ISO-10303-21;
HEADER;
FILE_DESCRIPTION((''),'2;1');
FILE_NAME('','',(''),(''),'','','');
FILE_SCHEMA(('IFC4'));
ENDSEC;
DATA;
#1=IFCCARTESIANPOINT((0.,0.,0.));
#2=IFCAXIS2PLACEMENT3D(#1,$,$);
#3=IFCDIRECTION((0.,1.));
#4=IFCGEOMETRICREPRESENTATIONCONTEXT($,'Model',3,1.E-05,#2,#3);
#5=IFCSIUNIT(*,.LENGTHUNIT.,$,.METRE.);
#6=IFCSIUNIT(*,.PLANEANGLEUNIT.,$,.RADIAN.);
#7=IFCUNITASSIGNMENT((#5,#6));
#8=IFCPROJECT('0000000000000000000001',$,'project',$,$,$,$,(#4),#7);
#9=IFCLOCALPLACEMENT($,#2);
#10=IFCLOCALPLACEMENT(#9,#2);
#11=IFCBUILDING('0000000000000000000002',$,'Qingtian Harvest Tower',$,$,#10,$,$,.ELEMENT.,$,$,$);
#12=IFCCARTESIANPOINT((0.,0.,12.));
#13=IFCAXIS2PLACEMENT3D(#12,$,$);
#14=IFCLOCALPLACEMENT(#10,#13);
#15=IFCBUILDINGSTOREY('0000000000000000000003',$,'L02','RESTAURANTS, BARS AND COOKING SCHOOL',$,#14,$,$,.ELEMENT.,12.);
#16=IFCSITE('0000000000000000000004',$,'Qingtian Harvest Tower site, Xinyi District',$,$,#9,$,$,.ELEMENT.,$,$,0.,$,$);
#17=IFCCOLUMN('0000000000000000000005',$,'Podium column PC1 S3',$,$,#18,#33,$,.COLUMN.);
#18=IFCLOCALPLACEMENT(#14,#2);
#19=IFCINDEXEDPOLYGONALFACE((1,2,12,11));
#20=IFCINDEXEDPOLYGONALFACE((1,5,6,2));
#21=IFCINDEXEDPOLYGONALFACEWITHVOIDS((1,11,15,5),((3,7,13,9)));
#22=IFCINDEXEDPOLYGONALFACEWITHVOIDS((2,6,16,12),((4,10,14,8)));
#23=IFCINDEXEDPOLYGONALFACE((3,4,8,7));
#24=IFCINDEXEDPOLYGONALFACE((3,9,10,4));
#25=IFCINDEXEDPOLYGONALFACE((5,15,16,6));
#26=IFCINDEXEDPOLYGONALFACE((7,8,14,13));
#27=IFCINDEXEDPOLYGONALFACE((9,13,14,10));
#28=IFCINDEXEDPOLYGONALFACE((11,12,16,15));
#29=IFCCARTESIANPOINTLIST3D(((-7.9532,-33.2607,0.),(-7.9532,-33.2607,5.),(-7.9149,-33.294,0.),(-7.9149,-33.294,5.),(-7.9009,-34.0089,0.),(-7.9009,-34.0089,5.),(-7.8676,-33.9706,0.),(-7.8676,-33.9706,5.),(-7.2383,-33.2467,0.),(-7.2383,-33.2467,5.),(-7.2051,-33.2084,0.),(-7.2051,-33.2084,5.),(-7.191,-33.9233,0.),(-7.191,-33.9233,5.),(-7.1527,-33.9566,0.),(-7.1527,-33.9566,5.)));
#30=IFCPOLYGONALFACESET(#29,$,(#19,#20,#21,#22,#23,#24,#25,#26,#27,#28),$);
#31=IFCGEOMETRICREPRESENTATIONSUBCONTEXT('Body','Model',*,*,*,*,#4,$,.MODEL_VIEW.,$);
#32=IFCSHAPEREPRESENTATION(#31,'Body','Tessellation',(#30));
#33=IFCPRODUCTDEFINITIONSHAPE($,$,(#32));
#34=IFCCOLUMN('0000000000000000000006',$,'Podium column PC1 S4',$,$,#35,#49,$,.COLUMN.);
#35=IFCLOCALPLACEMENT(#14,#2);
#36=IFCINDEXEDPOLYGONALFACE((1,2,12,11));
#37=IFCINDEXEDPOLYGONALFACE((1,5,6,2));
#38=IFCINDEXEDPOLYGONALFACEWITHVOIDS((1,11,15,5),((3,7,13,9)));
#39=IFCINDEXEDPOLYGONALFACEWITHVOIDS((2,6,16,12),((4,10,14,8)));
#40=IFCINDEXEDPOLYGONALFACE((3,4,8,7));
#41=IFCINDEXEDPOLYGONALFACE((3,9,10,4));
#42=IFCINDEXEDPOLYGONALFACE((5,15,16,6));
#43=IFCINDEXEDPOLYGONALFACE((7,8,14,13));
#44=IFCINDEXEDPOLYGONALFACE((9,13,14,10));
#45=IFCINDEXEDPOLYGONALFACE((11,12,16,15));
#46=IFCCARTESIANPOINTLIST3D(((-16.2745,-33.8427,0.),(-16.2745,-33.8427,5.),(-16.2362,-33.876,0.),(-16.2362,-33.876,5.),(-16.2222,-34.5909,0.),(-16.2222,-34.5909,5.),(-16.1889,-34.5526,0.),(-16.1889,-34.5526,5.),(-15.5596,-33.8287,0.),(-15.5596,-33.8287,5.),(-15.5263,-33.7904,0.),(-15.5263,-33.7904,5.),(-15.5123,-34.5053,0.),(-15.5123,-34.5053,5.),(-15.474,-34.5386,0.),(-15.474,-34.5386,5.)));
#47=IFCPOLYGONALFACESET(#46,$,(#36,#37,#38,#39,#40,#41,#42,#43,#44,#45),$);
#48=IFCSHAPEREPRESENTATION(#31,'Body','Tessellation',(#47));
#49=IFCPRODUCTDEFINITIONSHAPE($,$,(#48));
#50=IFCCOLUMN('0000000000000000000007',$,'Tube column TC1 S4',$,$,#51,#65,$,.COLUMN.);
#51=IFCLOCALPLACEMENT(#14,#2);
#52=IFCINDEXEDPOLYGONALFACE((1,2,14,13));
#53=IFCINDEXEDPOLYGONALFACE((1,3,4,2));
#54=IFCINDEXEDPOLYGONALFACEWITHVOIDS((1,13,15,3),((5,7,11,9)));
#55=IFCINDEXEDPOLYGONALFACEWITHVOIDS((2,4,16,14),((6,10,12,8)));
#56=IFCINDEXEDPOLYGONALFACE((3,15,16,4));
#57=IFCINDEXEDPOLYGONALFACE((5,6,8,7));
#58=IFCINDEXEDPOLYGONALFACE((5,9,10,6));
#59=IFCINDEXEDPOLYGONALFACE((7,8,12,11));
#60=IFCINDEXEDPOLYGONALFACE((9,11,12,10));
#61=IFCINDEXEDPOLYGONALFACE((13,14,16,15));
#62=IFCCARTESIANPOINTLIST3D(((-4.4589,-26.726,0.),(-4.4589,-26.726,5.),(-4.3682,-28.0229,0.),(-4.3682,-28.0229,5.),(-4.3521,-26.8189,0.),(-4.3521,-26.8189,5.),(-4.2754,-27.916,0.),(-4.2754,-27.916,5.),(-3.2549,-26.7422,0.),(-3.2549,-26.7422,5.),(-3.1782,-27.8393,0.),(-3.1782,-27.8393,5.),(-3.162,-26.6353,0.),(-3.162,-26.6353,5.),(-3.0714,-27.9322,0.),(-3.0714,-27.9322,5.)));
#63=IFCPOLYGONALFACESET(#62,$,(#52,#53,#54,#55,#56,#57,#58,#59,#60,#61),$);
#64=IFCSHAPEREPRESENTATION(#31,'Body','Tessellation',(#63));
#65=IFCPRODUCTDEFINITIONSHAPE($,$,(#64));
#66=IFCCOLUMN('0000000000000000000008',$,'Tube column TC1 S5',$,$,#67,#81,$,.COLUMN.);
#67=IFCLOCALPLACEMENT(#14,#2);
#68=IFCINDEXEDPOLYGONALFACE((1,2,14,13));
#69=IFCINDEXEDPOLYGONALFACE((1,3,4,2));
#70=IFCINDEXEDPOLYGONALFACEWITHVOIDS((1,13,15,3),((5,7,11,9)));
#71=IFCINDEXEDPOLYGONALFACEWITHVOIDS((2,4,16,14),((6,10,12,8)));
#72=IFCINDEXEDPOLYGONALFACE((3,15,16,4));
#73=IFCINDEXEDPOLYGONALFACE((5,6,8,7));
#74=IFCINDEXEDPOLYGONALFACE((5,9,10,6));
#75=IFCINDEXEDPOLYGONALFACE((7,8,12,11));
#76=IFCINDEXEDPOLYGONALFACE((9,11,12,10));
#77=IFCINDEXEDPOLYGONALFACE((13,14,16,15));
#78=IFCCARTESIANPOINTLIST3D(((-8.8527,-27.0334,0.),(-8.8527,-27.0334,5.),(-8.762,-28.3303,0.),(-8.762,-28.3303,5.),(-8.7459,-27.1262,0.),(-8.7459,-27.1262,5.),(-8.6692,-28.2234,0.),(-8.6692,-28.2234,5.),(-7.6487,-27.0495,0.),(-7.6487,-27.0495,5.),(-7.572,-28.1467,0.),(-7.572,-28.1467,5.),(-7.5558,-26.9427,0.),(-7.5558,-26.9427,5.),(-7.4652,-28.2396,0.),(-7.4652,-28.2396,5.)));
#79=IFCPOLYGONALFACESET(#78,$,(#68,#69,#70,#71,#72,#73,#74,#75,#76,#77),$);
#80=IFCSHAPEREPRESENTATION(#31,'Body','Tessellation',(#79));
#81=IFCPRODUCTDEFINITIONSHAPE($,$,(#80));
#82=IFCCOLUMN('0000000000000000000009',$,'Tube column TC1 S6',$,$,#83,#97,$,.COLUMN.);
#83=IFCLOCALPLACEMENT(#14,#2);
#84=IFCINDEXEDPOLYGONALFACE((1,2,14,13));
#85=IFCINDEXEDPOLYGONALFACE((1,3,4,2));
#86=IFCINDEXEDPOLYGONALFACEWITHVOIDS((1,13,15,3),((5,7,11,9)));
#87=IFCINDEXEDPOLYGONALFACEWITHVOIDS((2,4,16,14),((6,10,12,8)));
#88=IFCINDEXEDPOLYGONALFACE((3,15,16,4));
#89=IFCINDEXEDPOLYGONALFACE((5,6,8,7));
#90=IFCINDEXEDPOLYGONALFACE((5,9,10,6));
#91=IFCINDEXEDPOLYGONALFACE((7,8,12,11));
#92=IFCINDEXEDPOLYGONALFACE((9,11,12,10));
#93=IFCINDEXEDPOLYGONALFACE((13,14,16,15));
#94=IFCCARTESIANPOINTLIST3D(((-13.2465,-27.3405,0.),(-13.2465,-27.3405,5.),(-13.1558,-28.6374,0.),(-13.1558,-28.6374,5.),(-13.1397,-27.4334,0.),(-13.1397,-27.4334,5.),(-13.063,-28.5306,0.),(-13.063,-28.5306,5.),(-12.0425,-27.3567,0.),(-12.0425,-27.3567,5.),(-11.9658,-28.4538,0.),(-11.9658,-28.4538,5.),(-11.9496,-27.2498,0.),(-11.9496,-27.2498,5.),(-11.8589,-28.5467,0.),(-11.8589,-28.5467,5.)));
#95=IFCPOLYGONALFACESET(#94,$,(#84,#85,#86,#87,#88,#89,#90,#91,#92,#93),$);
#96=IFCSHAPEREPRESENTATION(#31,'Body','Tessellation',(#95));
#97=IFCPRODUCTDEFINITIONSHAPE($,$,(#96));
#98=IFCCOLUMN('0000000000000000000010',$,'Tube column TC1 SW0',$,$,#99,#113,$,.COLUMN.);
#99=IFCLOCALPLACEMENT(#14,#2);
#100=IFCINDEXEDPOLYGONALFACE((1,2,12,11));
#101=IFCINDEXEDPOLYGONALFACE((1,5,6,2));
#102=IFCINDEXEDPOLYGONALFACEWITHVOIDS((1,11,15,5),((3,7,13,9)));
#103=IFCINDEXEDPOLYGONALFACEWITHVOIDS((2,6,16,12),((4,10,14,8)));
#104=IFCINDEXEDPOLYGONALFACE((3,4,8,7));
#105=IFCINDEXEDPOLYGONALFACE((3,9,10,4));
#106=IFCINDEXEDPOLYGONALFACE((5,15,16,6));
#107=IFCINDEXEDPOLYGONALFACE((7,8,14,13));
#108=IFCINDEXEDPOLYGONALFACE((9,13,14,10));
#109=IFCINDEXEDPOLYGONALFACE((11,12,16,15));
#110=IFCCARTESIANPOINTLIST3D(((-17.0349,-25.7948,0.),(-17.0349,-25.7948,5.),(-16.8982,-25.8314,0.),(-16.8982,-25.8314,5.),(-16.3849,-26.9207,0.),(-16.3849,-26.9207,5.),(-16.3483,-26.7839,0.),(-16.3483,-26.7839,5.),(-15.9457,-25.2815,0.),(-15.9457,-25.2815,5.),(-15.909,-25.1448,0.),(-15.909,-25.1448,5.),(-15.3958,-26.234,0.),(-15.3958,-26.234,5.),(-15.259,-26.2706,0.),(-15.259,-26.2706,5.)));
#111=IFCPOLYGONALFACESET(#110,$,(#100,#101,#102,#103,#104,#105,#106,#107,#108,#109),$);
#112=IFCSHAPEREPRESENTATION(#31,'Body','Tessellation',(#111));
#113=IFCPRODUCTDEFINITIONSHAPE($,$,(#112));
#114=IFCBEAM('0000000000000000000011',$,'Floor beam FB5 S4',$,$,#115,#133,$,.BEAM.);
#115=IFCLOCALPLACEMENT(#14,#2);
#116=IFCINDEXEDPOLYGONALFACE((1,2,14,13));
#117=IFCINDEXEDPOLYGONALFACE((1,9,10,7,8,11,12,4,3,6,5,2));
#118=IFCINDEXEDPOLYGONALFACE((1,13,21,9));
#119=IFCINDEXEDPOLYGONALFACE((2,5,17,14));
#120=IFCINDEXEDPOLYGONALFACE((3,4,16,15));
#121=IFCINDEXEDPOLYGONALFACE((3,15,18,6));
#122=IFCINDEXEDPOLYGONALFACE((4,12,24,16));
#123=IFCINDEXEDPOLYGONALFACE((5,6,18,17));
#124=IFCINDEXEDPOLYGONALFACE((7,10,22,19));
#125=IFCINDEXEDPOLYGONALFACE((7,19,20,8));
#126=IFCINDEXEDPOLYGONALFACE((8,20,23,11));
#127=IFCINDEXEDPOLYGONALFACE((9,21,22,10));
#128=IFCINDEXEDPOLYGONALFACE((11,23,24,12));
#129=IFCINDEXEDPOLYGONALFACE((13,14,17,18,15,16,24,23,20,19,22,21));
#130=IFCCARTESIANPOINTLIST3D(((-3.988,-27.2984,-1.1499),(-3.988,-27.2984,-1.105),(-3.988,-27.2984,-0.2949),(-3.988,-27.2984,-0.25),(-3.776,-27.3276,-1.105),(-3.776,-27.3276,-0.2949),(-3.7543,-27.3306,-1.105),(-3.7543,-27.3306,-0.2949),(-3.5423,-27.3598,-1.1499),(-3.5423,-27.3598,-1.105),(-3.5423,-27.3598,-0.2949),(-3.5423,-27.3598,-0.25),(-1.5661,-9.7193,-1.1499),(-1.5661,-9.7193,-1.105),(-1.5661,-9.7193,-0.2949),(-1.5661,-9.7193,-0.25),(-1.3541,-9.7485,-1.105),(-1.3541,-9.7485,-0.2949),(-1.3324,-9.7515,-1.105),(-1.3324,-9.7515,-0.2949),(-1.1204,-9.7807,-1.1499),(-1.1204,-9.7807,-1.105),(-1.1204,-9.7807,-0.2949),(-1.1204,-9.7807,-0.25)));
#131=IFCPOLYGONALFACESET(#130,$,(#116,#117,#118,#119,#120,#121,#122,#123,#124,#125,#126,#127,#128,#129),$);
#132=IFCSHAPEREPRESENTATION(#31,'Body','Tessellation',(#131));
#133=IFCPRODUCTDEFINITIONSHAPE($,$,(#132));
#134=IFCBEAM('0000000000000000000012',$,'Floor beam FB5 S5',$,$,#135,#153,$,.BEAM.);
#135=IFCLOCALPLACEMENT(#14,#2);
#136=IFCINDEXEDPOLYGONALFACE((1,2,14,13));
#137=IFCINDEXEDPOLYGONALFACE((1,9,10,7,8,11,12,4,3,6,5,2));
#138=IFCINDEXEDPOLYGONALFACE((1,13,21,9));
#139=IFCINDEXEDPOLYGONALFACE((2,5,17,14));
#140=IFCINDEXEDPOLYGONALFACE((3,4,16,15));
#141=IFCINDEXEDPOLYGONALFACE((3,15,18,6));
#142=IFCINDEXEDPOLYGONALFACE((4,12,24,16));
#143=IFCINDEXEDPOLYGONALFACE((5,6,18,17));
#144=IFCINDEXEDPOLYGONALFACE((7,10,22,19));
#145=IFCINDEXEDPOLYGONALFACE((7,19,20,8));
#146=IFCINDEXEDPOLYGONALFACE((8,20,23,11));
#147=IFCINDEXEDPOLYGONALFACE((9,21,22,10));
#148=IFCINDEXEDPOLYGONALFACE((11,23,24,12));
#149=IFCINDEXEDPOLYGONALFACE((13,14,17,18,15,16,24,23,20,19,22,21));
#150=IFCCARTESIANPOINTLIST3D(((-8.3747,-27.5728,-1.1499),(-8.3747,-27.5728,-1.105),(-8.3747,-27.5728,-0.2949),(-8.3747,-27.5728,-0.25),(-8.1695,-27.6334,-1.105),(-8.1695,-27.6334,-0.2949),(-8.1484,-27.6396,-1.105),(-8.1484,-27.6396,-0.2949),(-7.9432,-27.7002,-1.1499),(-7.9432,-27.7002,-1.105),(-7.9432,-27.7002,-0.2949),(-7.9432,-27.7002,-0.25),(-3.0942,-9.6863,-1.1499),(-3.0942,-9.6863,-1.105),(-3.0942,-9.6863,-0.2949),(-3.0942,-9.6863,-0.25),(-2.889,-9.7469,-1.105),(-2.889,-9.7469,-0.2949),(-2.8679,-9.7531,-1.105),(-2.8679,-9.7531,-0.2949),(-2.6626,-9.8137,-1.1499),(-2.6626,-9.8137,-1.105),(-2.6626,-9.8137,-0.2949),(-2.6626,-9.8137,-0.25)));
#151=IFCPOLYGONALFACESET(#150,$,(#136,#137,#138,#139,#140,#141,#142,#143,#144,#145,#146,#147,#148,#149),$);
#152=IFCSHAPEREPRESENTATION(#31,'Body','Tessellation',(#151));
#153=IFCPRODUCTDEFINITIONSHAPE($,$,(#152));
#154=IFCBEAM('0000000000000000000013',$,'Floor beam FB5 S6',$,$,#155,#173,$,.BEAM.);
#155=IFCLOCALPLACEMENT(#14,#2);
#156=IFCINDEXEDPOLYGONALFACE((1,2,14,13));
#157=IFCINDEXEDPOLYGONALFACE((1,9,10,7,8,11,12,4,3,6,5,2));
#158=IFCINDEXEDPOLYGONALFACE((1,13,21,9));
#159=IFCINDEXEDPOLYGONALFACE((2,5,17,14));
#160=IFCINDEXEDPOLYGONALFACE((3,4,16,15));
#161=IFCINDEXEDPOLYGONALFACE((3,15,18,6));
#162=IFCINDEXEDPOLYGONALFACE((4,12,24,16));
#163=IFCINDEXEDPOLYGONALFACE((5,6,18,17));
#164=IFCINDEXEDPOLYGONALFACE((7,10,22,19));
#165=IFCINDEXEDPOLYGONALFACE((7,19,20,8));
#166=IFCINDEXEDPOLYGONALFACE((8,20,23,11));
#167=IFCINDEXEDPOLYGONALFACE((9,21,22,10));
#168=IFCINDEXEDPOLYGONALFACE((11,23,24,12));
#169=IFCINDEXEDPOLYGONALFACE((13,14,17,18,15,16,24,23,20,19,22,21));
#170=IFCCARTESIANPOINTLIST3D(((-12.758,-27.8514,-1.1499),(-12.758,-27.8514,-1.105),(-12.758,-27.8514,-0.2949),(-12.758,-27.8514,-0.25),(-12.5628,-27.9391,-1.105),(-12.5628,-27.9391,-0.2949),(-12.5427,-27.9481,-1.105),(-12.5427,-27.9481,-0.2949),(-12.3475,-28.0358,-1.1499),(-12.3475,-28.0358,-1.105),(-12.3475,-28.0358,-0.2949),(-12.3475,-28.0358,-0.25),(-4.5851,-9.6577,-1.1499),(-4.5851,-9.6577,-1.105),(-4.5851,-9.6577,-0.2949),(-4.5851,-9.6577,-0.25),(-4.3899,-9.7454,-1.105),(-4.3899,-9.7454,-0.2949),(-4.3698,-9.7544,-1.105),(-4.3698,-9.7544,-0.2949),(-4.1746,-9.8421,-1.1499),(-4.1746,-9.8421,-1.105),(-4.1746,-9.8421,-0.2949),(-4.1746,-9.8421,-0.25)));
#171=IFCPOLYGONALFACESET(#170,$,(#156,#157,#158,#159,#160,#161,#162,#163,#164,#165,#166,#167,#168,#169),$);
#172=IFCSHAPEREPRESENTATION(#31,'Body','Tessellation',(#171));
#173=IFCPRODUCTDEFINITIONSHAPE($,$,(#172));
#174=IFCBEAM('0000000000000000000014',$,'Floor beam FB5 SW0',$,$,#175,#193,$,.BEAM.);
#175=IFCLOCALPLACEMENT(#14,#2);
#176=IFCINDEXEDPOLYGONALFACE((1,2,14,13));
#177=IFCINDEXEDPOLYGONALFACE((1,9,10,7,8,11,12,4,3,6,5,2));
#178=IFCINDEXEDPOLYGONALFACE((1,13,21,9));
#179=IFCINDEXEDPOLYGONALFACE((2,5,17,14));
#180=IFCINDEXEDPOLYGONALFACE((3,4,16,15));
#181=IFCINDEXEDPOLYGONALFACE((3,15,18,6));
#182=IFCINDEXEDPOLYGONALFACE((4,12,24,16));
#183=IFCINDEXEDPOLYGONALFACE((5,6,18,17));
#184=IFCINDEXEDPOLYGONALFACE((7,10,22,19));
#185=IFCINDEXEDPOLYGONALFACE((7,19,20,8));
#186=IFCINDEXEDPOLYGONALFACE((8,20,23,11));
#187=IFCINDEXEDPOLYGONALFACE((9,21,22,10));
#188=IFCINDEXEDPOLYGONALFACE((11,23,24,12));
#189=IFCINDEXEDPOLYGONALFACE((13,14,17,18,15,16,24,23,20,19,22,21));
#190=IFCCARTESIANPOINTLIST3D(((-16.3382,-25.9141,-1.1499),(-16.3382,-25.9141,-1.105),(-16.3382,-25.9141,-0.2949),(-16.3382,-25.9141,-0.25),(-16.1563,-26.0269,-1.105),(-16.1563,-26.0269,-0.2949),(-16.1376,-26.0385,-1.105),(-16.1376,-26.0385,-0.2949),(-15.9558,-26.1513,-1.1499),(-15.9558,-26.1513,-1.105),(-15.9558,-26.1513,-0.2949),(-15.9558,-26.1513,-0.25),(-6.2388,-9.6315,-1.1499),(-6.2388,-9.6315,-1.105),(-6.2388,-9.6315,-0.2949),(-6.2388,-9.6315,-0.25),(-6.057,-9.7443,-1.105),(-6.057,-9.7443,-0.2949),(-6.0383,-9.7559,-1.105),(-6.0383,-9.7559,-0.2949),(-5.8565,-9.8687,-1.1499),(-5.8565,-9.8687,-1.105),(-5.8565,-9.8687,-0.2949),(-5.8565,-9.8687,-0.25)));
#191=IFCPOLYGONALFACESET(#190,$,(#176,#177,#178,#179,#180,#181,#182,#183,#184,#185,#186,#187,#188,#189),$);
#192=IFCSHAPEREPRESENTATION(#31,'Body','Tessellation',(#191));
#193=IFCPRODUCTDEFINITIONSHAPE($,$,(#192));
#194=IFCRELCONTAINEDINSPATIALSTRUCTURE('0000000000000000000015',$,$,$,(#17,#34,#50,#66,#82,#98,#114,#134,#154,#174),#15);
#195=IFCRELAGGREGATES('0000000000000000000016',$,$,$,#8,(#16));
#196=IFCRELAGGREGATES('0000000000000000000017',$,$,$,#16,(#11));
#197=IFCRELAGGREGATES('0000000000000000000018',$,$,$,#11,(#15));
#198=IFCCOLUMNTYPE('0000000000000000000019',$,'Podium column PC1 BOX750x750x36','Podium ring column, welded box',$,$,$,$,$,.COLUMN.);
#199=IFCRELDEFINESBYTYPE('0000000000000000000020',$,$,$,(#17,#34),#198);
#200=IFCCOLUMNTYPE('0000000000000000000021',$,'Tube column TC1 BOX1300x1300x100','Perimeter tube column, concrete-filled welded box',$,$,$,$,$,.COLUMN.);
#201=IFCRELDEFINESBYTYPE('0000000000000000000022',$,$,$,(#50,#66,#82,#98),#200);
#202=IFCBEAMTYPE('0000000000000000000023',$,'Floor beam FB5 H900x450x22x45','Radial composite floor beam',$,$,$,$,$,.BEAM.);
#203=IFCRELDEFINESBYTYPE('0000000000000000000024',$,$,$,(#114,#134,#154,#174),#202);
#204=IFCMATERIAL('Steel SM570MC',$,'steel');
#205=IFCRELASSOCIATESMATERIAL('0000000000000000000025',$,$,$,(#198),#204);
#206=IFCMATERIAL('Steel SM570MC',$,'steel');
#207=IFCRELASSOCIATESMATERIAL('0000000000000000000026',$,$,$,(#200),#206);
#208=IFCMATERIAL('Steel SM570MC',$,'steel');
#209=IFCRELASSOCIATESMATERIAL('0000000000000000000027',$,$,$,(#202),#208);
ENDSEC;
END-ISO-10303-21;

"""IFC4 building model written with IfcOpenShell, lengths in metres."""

from ifc_helpers import new_model, si_unit, direction, frame, origin, origin_2d, place, context, subcontext, project, spatial, hollow_rectangle, i_section, extrude, material, material_profile, profile_set, type_object, element, save


model = new_model("IFC4")

# Units and contexts
model_context = context("Model", 3, precision=1e-05, world=origin(), true_north=direction((0.0, 1.0)))
body_context = subcontext(model_context, "Body", "Model", "MODEL_VIEW")
ifc_project = project(units=[si_unit("LENGTHUNIT", "METRE"), si_unit("PLANEANGLEUNIT", "RADIAN")], contexts=[model_context])

# Site, building, storey
site_placement = place(None, origin())
site = spatial("IfcSite", under=ifc_project, at=site_placement, Name="Qingtian Harvest Tower site, Xinyi District", CompositionType="ELEMENT", RefElevation=0.0)
building_placement = place(site_placement, origin())
building = spatial("IfcBuilding", under=site, at=building_placement, Name="Qingtian Harvest Tower", CompositionType="ELEMENT")
storey_placement = place(building_placement, frame((0.0, 0.0, 12.0)))
storey = spatial("IfcBuildingStorey", under=building, at=storey_placement, Name="L02", Description="RESTAURANTS, BARS AND COOKING SCHOOL", CompositionType="ELEMENT", Elevation=12.0)

# Columns
ifc_material_1 = material(Name="Steel SM570MC", Category="steel")
ifc_material_profile_1 = material_profile(ifc_material_1, hollow_rectangle(XDim=0.75, YDim=0.75, WallThickness=0.0359, at=origin_2d()), Name="BOX750x750x36")
ifc_profile_set_1 = profile_set([ifc_material_profile_1], Name="Steel SM570MC")
column_type_1 = type_object("IfcColumnType", Name="Podium column PC1 BOX750x750x36", Description="Podium ring column, welded box", PredefinedType="COLUMN", material=ifc_profile_set_1)
for number, where, z_axis, x_axis, name in (
    (1, (-7.553, -33.6086, 0.0), (0.0, 0.0, 1.0), (0.997564, 0.069756, 0.0), "Podium column PC1 S3"),
    (2, (-15.8743, -34.1907, 0.0), (0.0, 0.0, 1.0), (0.997564, 0.069756, 0.0), "Podium column PC1 S4"),
):
    element("IfcColumn", number, at=place(storey_placement, frame(where, z_axis=z_axis, x_axis=x_axis)), inside=storey, type_object=column_type_1, Name=name, PredefinedType="COLUMN", context=body_context, shape_type="SweptSolid", body=[
        extrude(hollow_rectangle(XDim=0.75, YDim=0.75, WallThickness=0.0359, at=origin_2d()), origin(), (0.0, 0.0, 1.0), 5.0),
    ])
ifc_material_2 = material(Name="Steel SM570MC", Category="steel")
ifc_material_profile_2 = material_profile(ifc_material_2, hollow_rectangle(XDim=1.3, YDim=1.3, WallThickness=0.1001, at=origin_2d()), Name="BOX1300x1300x100")
ifc_profile_set_2 = profile_set([ifc_material_profile_2], Name="Steel SM570MC")
column_type_2 = type_object("IfcColumnType", Name="Tube column TC1 BOX1300x1300x100", Description="Perimeter tube column, concrete-filled welded box", PredefinedType="COLUMN", material=ifc_profile_set_2)
for number, where, z_axis, x_axis, name in (
    (3, (-3.7651, -27.3291, 0.0), (0.0, 0.0, 1.0), (0.997564, 0.069756, 0.0), "Tube column TC1 S4"),
    (4, (-8.1589, -27.6365, 0.0), (0.0, 0.0, 1.0), (0.997564, 0.069756, 0.0), "Tube column TC1 S5"),
    (5, (-12.5527, -27.9436, 0.0), (0.0, 0.0, 1.0), (0.997564, 0.069756, 0.0), "Tube column TC1 S6"),
    (6, (-16.147, -26.0327, 0.0), (0.0, 0.0, 1.0), (0.5, -0.866025, 0.0), "Tube column TC1 SW0"),
):
    element("IfcColumn", number, at=place(storey_placement, frame(where, z_axis=z_axis, x_axis=x_axis)), inside=storey, type_object=column_type_2, Name=name, PredefinedType="COLUMN", context=body_context, shape_type="SweptSolid", body=[
        extrude(hollow_rectangle(XDim=1.3, YDim=1.3, WallThickness=0.1001, at=origin_2d()), origin(), (0.0, 0.0, 1.0), 5.0),
    ])

# Beams
ifc_material_3 = material(Name="Steel SM570MC", Category="steel")
ifc_material_profile_3 = material_profile(ifc_material_3, i_section(OverallWidth=0.45, OverallDepth=0.8999, WebThickness=0.022, FlangeThickness=0.0449, at=origin_2d()), Name="H900x450x22x45")
ifc_profile_set_3 = profile_set([ifc_material_profile_3], Name="Steel SM570MC")
beam_type_1 = type_object("IfcBeamType", Name="Floor beam FB5 H900x450x22x45", Description="Radial composite floor beam", PredefinedType="BEAM", material=ifc_profile_set_3)
beam_1_placement = place(storey_placement, frame((-3.7651, -27.3291, -0.7), z_axis=(0.136481, 0.990643, 0.0), x_axis=(-0.990643, 0.136481, 0.0)))
element("IfcBeam", 7, at=beam_1_placement, inside=storey, type_object=beam_type_1, Name="Floor beam FB5 S4", PredefinedType="BEAM", context=body_context, shape_type="SweptSolid", body=[
    extrude(i_section(OverallWidth=0.45, OverallDepth=0.8999, WebThickness=0.022, FlangeThickness=0.0449, at=origin_2d()), origin(), (0.0, 0.0, 1.0), 17.7451),
])
beam_2_placement = place(storey_placement, frame((-8.1589, -27.6365, -0.7), z_axis=(0.283143, 0.959078, 0.0), x_axis=(-0.959078, 0.283143, 0.0)))
element("IfcBeam", 8, at=beam_2_placement, inside=storey, type_object=beam_type_1, Name="Floor beam FB5 S5", PredefinedType="BEAM", context=body_context, shape_type="SweptSolid", body=[
    extrude(i_section(OverallWidth=0.45, OverallDepth=0.8999, WebThickness=0.022, FlangeThickness=0.0449, at=origin_2d()), origin(), (0.0, 0.0, 1.0), 18.6497),
])
beam_3_placement = place(storey_placement, frame((-12.5527, -27.9436, -0.7), z_axis=(0.40977, 0.912189, 0.0), x_axis=(-0.912189, 0.40977, 0.0)))
element("IfcBeam", 9, at=beam_3_placement, inside=storey, type_object=beam_type_1, Name="Floor beam FB5 S6", PredefinedType="BEAM", context=body_context, shape_type="SweptSolid", body=[
    extrude(i_section(OverallWidth=0.45, OverallDepth=0.8999, WebThickness=0.022, FlangeThickness=0.0449, at=origin_2d()), origin(), (0.0, 0.0, 1.0), 19.9451),
])
beam_4_placement = place(storey_placement, frame((-16.147, -26.0327, -0.7), z_axis=(0.527094, 0.849807, 0.0), x_axis=(-0.849807, 0.527094, 0.0)))
element("IfcBeam", 10, at=beam_4_placement, inside=storey, type_object=beam_type_1, Name="Floor beam FB5 SW0", PredefinedType="BEAM", context=body_context, shape_type="SweptSolid", body=[
    extrude(i_section(OverallWidth=0.45, OverallDepth=0.8999, WebThickness=0.022, FlangeThickness=0.0449, at=origin_2d()), origin(), (0.0, 0.0, 1.0), 19.1604),
])

save(model, "model.ifc")
